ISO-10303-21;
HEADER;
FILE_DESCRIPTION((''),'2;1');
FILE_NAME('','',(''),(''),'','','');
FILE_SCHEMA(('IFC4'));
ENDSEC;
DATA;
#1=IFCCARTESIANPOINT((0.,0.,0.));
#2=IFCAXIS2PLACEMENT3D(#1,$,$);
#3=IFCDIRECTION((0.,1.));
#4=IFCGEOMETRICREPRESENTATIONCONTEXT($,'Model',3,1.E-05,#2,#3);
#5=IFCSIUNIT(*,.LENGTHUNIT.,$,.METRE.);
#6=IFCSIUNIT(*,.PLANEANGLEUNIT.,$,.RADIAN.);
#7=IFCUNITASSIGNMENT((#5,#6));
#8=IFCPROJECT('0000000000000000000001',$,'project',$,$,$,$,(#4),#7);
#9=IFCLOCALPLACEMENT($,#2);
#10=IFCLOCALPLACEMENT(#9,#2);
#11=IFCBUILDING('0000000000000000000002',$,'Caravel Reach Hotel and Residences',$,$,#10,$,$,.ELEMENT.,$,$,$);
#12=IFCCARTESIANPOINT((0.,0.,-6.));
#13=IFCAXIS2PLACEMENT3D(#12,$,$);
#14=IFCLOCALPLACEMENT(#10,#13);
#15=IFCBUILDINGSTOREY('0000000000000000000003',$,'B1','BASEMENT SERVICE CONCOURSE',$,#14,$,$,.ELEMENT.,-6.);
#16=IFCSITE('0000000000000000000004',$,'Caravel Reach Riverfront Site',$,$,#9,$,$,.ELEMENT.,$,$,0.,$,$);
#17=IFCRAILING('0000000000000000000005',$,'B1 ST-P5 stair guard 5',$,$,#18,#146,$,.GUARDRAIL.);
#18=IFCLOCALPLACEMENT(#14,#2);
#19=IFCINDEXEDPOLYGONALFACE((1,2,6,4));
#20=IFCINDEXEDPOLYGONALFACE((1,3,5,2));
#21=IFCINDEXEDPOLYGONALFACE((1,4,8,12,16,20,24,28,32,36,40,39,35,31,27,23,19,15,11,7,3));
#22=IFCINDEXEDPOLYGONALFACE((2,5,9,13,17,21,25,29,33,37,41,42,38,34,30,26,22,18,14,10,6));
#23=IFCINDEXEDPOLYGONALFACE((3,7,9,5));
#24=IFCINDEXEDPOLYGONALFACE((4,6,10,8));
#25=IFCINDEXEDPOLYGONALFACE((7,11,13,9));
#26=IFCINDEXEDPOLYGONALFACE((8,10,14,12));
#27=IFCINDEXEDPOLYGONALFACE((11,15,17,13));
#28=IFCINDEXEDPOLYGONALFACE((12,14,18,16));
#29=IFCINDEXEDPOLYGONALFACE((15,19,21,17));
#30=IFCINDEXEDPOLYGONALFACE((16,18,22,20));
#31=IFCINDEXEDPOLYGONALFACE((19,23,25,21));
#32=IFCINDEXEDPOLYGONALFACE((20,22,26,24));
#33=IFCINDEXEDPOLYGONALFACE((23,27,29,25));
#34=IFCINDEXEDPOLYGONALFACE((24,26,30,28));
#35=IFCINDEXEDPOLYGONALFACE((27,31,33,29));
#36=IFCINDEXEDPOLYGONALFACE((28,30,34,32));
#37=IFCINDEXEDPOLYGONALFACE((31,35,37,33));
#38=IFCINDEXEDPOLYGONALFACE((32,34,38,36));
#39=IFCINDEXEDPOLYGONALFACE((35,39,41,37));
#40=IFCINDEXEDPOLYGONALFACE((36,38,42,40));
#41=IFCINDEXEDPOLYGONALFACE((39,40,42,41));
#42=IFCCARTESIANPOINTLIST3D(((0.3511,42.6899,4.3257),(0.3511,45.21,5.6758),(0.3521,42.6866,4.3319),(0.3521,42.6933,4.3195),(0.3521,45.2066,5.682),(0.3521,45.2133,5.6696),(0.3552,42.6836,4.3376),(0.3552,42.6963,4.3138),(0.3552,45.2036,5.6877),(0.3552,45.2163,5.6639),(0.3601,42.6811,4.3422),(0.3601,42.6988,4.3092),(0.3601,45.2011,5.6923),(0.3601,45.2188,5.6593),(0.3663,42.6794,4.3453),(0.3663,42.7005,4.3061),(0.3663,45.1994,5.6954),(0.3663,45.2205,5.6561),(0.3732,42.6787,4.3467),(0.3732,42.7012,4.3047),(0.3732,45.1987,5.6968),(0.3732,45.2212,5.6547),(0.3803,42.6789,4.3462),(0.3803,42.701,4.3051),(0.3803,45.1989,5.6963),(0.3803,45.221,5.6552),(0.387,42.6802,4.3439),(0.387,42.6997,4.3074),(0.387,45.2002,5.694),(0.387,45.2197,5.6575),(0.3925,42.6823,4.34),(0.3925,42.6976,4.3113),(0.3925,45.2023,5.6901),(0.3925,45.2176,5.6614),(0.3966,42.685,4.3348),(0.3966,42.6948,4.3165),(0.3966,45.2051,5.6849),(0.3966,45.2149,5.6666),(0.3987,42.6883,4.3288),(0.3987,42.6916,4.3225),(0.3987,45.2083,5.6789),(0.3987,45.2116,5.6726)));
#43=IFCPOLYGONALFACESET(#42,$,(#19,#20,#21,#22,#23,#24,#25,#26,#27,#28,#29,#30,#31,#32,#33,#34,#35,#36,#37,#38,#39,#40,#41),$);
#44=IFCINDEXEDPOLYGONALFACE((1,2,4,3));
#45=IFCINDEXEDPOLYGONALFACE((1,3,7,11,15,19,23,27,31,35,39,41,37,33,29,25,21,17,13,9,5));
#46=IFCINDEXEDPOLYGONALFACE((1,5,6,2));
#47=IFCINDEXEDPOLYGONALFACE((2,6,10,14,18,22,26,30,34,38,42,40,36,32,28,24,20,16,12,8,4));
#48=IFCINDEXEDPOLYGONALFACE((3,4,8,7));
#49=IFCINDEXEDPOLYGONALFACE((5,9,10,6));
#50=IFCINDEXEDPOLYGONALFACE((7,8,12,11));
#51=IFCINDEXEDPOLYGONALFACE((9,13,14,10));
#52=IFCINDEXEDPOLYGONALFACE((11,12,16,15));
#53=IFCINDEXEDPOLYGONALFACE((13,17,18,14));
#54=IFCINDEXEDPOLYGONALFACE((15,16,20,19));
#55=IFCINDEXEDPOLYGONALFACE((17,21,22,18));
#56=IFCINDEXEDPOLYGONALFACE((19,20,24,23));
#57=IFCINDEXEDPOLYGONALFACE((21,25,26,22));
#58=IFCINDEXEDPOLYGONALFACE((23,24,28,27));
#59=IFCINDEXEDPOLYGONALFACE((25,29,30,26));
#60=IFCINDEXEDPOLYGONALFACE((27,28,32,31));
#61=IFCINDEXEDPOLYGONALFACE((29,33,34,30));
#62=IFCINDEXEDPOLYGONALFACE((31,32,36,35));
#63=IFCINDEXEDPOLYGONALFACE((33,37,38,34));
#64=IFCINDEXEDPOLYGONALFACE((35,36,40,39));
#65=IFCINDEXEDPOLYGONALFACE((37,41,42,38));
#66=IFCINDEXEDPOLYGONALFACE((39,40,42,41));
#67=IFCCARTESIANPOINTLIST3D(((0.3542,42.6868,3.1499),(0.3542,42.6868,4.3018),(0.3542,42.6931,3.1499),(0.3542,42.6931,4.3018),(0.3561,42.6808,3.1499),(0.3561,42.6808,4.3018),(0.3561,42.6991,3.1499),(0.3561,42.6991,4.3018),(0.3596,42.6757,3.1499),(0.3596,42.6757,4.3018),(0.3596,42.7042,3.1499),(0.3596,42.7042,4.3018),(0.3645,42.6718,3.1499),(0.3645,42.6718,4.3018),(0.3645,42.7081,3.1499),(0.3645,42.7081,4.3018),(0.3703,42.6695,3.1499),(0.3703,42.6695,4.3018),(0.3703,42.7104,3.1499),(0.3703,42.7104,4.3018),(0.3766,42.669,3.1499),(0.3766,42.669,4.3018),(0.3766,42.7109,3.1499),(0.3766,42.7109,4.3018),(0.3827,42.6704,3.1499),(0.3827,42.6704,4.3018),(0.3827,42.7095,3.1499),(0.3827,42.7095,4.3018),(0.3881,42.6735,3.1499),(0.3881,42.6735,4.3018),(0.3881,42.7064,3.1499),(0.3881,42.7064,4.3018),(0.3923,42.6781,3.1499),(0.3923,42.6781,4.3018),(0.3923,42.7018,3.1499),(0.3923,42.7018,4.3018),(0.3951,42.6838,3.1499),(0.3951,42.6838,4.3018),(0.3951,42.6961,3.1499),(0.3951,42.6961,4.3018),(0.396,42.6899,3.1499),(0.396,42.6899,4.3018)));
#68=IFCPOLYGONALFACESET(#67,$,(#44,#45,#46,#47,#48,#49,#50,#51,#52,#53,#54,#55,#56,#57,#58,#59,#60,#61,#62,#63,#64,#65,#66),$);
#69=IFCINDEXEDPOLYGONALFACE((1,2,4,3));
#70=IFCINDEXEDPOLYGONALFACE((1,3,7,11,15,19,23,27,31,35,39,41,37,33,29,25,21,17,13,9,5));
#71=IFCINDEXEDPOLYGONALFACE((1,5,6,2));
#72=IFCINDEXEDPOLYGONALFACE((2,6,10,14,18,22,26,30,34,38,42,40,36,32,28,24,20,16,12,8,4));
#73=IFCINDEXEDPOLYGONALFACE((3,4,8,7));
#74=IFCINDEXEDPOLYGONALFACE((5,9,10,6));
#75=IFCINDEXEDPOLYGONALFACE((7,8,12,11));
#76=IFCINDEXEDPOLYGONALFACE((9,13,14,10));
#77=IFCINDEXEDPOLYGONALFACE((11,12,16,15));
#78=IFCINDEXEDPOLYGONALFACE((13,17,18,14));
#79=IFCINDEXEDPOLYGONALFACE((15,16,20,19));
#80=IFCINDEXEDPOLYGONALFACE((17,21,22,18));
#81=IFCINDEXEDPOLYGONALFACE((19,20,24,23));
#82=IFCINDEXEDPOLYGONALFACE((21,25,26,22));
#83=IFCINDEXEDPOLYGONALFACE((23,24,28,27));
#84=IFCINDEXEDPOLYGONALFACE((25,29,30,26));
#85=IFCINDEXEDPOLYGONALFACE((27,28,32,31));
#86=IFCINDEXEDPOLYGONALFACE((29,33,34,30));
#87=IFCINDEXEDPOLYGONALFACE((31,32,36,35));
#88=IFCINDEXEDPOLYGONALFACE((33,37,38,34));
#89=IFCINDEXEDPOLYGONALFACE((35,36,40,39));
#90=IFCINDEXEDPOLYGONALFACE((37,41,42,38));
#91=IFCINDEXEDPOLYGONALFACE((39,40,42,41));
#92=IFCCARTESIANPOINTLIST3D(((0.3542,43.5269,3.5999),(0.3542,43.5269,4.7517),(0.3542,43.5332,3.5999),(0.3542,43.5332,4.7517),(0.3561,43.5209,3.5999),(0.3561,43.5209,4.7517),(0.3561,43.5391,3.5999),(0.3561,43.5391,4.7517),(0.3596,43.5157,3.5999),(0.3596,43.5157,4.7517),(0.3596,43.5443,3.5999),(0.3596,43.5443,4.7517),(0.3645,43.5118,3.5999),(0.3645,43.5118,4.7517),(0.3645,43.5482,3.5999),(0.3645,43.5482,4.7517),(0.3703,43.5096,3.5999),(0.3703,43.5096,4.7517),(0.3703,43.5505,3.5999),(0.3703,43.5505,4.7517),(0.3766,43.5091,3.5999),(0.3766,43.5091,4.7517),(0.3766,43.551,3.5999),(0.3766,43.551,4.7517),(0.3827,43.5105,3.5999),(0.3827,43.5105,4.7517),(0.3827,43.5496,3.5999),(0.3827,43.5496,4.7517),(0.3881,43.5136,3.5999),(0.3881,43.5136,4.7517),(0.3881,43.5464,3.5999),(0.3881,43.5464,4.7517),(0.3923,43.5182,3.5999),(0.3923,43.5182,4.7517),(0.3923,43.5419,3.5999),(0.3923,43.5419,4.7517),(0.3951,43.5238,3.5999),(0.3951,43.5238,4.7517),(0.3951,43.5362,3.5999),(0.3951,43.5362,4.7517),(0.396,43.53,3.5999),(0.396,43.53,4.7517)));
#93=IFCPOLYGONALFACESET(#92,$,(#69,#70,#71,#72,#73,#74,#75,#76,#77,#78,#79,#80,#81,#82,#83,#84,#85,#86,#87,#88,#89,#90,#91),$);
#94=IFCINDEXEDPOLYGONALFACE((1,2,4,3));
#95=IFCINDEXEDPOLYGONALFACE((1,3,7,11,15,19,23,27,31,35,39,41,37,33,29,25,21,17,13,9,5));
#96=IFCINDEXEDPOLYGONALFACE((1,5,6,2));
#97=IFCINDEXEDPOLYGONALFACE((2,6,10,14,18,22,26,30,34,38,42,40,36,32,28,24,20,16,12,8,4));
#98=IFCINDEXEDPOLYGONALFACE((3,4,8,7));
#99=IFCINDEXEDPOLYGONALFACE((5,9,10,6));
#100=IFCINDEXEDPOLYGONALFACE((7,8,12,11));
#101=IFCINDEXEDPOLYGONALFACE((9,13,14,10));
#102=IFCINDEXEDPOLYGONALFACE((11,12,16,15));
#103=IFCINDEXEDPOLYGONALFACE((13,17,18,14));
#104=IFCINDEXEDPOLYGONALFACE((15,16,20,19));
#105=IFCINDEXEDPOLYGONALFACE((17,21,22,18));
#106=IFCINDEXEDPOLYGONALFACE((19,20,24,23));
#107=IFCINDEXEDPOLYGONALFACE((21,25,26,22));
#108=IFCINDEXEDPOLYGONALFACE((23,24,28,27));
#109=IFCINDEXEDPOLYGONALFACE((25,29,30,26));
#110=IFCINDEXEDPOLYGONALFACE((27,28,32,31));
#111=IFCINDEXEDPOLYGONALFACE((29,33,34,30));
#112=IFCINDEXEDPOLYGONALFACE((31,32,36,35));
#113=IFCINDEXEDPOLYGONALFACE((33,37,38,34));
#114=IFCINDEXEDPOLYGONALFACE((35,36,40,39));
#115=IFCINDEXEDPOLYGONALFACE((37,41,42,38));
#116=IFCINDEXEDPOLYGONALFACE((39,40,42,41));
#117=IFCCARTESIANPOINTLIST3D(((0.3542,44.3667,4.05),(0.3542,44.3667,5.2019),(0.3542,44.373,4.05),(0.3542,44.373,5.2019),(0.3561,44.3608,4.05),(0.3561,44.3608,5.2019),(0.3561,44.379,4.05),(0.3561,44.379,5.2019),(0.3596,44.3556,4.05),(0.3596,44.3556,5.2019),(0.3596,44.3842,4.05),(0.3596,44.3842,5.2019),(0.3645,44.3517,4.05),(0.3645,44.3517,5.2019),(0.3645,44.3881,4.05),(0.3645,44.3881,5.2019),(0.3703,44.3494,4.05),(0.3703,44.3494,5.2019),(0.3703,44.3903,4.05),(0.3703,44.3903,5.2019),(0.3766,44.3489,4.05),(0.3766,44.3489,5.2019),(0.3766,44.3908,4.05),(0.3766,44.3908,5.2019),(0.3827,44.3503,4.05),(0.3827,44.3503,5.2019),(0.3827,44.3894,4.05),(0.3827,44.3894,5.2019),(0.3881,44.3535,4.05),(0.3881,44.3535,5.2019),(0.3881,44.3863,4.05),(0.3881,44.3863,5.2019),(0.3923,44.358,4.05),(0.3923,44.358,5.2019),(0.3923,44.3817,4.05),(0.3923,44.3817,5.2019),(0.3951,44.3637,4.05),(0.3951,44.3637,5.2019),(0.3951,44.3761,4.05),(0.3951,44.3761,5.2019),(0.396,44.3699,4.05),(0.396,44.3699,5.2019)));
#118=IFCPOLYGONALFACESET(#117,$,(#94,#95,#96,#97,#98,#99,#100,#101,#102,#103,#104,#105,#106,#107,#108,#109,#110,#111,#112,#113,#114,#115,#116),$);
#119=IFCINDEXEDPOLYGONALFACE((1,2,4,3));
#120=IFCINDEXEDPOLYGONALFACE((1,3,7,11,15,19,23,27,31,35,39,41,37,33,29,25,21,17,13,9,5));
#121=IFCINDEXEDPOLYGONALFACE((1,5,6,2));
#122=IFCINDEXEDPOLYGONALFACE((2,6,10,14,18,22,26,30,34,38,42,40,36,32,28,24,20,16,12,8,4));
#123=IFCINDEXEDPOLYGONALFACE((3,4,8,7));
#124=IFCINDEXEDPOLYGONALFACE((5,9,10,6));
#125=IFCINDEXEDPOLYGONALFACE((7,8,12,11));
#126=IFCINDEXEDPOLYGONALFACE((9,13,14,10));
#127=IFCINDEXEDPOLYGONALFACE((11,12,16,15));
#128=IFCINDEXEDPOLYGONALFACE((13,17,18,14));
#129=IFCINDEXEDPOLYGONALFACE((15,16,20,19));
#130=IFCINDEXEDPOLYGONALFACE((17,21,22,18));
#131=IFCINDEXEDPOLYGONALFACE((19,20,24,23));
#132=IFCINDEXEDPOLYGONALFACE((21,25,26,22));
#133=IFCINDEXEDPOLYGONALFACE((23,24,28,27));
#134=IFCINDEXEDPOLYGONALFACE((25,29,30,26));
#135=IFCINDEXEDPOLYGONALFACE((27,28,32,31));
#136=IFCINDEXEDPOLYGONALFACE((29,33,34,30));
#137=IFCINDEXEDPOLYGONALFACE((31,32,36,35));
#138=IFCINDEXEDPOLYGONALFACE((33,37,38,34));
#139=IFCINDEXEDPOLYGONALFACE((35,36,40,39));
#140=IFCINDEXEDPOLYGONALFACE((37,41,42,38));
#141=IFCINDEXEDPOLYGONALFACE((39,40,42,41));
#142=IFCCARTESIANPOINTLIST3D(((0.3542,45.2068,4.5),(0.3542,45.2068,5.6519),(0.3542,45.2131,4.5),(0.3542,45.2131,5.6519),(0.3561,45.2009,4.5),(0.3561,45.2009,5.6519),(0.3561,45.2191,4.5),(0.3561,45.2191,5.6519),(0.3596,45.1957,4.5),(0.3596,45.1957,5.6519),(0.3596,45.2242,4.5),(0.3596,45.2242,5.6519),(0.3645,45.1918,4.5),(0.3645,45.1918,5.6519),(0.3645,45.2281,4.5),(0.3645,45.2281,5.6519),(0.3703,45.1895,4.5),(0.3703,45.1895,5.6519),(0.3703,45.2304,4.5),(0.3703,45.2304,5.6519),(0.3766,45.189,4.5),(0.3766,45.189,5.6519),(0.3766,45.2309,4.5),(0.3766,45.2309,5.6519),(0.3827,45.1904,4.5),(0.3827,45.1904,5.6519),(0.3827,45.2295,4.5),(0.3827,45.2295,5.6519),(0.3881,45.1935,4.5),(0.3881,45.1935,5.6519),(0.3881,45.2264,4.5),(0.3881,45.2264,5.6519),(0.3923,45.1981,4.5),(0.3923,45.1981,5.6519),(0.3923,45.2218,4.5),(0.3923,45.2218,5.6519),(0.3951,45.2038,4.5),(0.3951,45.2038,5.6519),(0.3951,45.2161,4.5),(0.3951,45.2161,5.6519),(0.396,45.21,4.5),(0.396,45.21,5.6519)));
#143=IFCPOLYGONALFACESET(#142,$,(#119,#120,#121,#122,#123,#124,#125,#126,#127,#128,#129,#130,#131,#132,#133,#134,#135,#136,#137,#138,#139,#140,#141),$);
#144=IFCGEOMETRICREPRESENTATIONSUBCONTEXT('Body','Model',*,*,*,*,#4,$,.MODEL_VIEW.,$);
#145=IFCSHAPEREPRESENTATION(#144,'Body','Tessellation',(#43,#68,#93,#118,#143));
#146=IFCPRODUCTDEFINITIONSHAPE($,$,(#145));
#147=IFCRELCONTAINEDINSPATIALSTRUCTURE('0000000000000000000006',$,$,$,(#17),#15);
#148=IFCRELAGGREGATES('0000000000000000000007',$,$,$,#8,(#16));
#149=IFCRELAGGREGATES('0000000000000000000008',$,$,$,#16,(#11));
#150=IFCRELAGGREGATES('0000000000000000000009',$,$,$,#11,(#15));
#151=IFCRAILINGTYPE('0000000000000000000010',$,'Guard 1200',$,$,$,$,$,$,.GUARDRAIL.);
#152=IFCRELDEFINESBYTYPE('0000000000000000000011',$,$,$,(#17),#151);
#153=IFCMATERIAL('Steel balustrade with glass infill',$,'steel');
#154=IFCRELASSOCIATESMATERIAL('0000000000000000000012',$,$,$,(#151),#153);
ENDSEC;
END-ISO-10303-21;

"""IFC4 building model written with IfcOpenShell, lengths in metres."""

from ifc_helpers import new_model, si_unit, direction, frame, origin, origin_2d, place, context, subcontext, project, spatial, circle, extrude, material, type_object, element, save


model = new_model("IFC4")

# Units and contexts
model_context = context("Model", 3, precision=1e-05, world=origin(), true_north=direction((0.0, 1.0)))
body_context = subcontext(model_context, "Body", "Model", "MODEL_VIEW")
ifc_project = project(units=[si_unit("LENGTHUNIT", "METRE"), si_unit("PLANEANGLEUNIT", "RADIAN")], contexts=[model_context])

# Site, building, storey
site_placement = place(None, origin())
site = spatial("IfcSite", under=ifc_project, at=site_placement, Name="Caravel Reach Riverfront Site", CompositionType="ELEMENT", RefElevation=0.0)
building_placement = place(site_placement, origin())
building = spatial("IfcBuilding", under=site, at=building_placement, Name="Caravel Reach Hotel and Residences", CompositionType="ELEMENT")
storey_placement = place(building_placement, frame((0.0, 0.0, -6.0)))
storey = spatial("IfcBuildingStorey", under=building, at=storey_placement, Name="B1", Description="BASEMENT SERVICE CONCOURSE", CompositionType="ELEMENT", Elevation=-6.0)

# Railing
ifc_material_1 = material(Name="Steel balustrade with glass infill", Category="steel")
railing_type_1 = type_object("IfcRailingType", Name="Guard 1200", PredefinedType="GUARDRAIL", material=ifc_material_1)
railing_1_placement = place(storey_placement, frame((0.375, 42.6899, 3.1499)))
element("IfcRailing", 1, at=railing_1_placement, inside=storey, type_object=railing_type_1, Name="B1 ST-P5 stair guard 5", PredefinedType="GUARDRAIL", context=body_context, shape_type="SweptSolid", body=[
    extrude(circle(Radius=0.0239, at=origin_2d()), frame((0.0, 0.0, 1.1758), z_axis=(0.0, 0.881467, 0.472245), x_axis=(-1.0, 0.0, 0.0)), (0.0, 0.0, 1.0), 2.8589),
    extrude(circle(Radius=0.021, at=origin_2d()), origin(), (0.0, 0.0, 1.0), 1.1519),
    extrude(circle(Radius=0.021, at=origin_2d()), frame((0.0, 0.8401, 0.45)), (0.0, 0.0, 1.0), 1.1519),
    extrude(circle(Radius=0.021, at=origin_2d()), frame((0.0, 1.6799, 0.9001)), (0.0, 0.0, 1.0), 1.1519),
    extrude(circle(Radius=0.021, at=origin_2d()), frame((0.0, 2.52, 1.3501)), (0.0, 0.0, 1.0), 1.1519),
])

save(model, "model.ifc")
